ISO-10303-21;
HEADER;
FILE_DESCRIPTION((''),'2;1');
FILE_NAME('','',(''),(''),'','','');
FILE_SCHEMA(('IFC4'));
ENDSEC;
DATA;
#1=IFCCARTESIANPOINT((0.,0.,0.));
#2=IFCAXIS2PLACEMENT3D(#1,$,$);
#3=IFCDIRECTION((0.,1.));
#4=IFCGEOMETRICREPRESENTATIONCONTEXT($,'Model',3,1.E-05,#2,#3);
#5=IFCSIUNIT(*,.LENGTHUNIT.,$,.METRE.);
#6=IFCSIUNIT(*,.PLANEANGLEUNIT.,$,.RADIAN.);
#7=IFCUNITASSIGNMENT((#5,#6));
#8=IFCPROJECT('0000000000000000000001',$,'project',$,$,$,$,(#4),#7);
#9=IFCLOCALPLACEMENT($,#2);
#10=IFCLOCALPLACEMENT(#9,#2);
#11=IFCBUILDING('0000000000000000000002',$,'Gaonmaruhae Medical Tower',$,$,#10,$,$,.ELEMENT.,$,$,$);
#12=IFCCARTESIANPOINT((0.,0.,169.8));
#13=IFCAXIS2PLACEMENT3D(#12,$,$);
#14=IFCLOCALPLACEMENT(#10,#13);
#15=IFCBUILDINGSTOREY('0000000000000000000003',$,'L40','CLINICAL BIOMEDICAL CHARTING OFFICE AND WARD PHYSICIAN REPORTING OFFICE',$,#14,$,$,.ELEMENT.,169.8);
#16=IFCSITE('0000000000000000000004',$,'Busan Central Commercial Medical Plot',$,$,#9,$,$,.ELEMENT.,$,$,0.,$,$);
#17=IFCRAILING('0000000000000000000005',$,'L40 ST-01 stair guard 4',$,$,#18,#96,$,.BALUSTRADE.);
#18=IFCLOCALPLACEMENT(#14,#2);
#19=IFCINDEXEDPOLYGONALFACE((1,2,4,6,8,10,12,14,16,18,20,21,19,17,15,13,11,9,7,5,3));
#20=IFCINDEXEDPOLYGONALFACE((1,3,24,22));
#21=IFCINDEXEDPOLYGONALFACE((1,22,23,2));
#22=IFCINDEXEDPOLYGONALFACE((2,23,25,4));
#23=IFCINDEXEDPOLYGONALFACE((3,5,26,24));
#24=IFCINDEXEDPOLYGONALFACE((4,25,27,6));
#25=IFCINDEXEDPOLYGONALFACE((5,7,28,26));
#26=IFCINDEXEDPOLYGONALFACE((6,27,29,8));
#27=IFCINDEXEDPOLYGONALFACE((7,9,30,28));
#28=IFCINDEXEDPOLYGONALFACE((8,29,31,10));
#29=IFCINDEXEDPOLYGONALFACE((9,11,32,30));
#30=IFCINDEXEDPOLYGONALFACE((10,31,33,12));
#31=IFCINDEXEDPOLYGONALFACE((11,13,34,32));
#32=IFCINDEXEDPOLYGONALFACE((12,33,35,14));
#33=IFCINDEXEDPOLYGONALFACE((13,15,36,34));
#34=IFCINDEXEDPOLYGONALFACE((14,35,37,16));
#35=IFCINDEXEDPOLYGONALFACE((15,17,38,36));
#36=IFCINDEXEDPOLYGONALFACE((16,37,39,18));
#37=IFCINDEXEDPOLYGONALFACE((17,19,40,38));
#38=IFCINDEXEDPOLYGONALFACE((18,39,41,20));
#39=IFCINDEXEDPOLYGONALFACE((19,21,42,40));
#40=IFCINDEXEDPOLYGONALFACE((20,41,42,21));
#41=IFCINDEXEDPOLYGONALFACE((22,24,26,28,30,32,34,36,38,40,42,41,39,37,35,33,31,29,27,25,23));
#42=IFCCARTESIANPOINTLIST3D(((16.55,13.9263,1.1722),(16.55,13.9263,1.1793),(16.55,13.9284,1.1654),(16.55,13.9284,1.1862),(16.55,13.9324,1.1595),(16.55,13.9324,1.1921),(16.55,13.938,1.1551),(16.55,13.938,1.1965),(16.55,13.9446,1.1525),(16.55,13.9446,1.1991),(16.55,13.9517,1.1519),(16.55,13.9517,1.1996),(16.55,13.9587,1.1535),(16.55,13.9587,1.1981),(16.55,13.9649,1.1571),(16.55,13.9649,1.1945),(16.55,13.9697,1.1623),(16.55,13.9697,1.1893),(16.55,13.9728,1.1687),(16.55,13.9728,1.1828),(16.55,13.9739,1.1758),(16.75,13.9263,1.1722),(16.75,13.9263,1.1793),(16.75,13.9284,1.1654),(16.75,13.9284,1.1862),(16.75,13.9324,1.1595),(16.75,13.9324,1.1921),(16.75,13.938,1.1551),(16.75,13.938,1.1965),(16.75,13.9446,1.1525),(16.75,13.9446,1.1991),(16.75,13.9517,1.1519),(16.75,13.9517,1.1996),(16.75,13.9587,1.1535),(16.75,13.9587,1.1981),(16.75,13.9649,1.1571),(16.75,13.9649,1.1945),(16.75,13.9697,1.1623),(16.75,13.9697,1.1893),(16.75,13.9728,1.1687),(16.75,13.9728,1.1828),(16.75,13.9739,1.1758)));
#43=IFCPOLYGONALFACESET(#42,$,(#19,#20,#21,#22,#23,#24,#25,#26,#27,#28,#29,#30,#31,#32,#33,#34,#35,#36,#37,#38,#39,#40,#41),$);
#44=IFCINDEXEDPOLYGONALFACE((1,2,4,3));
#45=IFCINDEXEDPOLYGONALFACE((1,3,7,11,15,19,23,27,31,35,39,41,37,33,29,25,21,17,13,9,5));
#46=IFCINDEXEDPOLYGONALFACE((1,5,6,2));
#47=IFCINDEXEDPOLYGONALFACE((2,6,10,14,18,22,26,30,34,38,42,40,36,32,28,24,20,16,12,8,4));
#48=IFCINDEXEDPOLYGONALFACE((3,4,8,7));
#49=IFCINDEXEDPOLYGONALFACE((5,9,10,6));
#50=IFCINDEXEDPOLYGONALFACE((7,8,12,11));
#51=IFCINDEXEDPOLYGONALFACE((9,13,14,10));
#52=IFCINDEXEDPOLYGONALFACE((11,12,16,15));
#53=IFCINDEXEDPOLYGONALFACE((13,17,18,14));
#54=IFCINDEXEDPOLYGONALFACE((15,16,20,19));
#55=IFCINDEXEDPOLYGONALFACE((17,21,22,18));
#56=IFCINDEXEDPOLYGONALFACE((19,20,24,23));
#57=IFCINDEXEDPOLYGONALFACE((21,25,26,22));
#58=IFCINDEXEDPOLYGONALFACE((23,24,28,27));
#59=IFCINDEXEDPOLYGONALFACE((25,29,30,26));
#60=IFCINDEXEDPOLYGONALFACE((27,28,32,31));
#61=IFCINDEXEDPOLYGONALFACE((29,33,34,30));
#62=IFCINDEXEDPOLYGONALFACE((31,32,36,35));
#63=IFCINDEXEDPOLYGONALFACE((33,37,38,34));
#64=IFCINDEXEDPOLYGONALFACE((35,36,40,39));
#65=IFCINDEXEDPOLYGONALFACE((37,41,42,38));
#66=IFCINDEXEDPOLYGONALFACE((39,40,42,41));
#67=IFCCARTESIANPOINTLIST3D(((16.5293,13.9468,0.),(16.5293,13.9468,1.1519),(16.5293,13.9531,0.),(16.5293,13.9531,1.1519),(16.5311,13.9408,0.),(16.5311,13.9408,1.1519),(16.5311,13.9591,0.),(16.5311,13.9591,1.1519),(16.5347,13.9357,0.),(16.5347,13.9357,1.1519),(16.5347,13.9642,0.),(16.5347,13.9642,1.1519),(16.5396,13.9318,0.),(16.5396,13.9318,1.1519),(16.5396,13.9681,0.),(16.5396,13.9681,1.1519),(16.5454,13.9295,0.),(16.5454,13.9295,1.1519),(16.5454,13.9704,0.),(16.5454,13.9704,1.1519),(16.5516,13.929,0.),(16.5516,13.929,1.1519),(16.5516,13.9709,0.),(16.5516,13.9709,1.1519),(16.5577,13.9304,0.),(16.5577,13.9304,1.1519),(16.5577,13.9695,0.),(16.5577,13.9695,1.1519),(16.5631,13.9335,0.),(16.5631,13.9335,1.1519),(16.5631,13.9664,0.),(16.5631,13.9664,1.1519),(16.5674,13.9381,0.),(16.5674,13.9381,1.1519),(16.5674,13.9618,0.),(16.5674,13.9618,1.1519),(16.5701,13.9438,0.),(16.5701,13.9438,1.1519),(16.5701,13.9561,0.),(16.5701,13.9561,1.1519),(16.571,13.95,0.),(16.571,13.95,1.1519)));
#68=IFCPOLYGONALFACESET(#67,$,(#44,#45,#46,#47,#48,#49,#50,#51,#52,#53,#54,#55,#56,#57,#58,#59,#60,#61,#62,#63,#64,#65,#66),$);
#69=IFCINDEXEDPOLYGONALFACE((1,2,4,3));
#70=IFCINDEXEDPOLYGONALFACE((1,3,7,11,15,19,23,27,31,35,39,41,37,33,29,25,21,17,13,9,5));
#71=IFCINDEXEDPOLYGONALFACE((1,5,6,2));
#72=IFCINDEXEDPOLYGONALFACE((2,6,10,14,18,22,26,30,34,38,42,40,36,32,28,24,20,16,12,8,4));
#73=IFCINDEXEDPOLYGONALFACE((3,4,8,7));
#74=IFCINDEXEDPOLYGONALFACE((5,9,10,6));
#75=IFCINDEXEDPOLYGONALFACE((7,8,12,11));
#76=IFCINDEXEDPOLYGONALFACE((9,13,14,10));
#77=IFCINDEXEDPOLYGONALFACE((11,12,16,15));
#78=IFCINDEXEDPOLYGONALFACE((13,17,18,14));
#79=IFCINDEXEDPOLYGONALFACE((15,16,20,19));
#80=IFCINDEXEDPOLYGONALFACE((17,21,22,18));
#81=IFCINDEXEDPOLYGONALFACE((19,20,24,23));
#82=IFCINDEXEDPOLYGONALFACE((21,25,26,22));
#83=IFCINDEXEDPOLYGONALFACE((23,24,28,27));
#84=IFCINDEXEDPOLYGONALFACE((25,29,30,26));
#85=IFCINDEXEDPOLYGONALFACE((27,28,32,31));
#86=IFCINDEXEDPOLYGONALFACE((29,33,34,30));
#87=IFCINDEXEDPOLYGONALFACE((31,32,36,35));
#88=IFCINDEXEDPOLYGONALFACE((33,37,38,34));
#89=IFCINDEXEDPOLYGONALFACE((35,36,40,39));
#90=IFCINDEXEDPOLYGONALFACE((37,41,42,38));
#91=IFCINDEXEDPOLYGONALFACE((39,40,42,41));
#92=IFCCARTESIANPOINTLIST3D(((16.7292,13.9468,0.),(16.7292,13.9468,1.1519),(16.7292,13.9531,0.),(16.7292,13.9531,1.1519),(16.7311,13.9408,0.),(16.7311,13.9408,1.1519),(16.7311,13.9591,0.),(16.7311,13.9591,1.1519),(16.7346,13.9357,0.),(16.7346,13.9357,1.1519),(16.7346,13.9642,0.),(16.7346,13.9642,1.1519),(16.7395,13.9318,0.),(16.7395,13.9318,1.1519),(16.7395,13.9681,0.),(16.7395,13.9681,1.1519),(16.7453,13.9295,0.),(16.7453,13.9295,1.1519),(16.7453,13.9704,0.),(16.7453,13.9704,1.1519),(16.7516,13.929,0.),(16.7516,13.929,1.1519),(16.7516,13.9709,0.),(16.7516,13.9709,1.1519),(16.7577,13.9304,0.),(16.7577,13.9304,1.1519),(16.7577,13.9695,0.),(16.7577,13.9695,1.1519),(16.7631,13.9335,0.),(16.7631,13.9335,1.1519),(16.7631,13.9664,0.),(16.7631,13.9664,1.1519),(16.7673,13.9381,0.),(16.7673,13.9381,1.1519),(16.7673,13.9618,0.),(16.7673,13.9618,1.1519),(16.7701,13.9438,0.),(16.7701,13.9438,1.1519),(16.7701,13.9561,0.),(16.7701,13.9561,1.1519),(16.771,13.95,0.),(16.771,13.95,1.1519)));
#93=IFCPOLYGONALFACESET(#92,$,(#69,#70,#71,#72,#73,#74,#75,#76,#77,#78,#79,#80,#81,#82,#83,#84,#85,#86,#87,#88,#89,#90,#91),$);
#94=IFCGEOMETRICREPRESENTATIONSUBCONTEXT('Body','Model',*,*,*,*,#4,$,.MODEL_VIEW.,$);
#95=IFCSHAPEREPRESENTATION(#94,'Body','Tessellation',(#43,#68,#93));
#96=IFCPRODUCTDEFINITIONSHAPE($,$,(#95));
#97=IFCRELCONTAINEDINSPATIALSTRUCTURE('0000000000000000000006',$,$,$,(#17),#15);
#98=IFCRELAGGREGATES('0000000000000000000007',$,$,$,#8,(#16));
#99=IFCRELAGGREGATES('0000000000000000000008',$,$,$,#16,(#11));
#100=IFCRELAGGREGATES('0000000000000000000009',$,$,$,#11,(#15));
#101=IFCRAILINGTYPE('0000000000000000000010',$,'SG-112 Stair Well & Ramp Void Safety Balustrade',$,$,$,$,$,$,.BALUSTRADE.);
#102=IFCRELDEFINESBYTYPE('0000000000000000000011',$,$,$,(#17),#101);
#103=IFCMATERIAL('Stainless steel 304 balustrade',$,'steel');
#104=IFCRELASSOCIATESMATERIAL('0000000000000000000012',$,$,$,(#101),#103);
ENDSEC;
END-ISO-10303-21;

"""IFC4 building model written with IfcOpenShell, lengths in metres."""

from ifc_helpers import new_model, si_unit, direction, frame, origin, origin_2d, place, context, subcontext, project, spatial, circle, extrude, material, type_object, element, save


model = new_model("IFC4")

# Units and contexts
model_context = context("Model", 3, precision=1e-05, world=origin(), true_north=direction((0.0, 1.0)))
body_context = subcontext(model_context, "Body", "Model", "MODEL_VIEW")
ifc_project = project(units=[si_unit("LENGTHUNIT", "METRE"), si_unit("PLANEANGLEUNIT", "RADIAN")], contexts=[model_context])

# Site, building, storey
site_placement = place(None, origin())
site = spatial("IfcSite", under=ifc_project, at=site_placement, Name="Busan Central Commercial Medical Plot", CompositionType="ELEMENT", RefElevation=0.0)
building_placement = place(site_placement, origin())
building = spatial("IfcBuilding", under=site, at=building_placement, Name="Gaonmaruhae Medical Tower", CompositionType="ELEMENT")
storey_placement = place(building_placement, frame((0.0, 0.0, 169.8)))
storey = spatial("IfcBuildingStorey", under=building, at=storey_placement, Name="L40", Description="CLINICAL BIOMEDICAL CHARTING OFFICE AND WARD PHYSICIAN REPORTING OFFICE", CompositionType="ELEMENT", Elevation=169.8)

# Railing
ifc_material_1 = material(Name="Stainless steel 304 balustrade", Category="steel")
railing_type_1 = type_object("IfcRailingType", Name="SG-112 Stair Well & Ramp Void Safety Balustrade", PredefinedType="BALUSTRADE", material=ifc_material_1)
railing_1_placement = place(storey_placement, frame((16.55, 13.95, 0.0)))
element("IfcRailing", 1, at=railing_1_placement, inside=storey, type_object=railing_type_1, Name="L40 ST-01 stair guard 4", PredefinedType="BALUSTRADE", context=body_context, shape_type="SweptSolid", body=[
    extrude(circle(Radius=0.0239, at=origin_2d()), frame((0.0, 0.0, 1.1758), z_axis=(1.0, 0.0, 0.0), x_axis=(0.0, 1.0, 0.0)), (0.0, 0.0, 1.0), 0.2),
    extrude(circle(Radius=0.021, at=origin_2d()), origin(), (0.0, 0.0, 1.0), 1.1519),
    extrude(circle(Radius=0.021, at=origin_2d()), frame((0.2, 0.0, 0.0)), (0.0, 0.0, 1.0), 1.1519),
])

save(model, "model.ifc")
